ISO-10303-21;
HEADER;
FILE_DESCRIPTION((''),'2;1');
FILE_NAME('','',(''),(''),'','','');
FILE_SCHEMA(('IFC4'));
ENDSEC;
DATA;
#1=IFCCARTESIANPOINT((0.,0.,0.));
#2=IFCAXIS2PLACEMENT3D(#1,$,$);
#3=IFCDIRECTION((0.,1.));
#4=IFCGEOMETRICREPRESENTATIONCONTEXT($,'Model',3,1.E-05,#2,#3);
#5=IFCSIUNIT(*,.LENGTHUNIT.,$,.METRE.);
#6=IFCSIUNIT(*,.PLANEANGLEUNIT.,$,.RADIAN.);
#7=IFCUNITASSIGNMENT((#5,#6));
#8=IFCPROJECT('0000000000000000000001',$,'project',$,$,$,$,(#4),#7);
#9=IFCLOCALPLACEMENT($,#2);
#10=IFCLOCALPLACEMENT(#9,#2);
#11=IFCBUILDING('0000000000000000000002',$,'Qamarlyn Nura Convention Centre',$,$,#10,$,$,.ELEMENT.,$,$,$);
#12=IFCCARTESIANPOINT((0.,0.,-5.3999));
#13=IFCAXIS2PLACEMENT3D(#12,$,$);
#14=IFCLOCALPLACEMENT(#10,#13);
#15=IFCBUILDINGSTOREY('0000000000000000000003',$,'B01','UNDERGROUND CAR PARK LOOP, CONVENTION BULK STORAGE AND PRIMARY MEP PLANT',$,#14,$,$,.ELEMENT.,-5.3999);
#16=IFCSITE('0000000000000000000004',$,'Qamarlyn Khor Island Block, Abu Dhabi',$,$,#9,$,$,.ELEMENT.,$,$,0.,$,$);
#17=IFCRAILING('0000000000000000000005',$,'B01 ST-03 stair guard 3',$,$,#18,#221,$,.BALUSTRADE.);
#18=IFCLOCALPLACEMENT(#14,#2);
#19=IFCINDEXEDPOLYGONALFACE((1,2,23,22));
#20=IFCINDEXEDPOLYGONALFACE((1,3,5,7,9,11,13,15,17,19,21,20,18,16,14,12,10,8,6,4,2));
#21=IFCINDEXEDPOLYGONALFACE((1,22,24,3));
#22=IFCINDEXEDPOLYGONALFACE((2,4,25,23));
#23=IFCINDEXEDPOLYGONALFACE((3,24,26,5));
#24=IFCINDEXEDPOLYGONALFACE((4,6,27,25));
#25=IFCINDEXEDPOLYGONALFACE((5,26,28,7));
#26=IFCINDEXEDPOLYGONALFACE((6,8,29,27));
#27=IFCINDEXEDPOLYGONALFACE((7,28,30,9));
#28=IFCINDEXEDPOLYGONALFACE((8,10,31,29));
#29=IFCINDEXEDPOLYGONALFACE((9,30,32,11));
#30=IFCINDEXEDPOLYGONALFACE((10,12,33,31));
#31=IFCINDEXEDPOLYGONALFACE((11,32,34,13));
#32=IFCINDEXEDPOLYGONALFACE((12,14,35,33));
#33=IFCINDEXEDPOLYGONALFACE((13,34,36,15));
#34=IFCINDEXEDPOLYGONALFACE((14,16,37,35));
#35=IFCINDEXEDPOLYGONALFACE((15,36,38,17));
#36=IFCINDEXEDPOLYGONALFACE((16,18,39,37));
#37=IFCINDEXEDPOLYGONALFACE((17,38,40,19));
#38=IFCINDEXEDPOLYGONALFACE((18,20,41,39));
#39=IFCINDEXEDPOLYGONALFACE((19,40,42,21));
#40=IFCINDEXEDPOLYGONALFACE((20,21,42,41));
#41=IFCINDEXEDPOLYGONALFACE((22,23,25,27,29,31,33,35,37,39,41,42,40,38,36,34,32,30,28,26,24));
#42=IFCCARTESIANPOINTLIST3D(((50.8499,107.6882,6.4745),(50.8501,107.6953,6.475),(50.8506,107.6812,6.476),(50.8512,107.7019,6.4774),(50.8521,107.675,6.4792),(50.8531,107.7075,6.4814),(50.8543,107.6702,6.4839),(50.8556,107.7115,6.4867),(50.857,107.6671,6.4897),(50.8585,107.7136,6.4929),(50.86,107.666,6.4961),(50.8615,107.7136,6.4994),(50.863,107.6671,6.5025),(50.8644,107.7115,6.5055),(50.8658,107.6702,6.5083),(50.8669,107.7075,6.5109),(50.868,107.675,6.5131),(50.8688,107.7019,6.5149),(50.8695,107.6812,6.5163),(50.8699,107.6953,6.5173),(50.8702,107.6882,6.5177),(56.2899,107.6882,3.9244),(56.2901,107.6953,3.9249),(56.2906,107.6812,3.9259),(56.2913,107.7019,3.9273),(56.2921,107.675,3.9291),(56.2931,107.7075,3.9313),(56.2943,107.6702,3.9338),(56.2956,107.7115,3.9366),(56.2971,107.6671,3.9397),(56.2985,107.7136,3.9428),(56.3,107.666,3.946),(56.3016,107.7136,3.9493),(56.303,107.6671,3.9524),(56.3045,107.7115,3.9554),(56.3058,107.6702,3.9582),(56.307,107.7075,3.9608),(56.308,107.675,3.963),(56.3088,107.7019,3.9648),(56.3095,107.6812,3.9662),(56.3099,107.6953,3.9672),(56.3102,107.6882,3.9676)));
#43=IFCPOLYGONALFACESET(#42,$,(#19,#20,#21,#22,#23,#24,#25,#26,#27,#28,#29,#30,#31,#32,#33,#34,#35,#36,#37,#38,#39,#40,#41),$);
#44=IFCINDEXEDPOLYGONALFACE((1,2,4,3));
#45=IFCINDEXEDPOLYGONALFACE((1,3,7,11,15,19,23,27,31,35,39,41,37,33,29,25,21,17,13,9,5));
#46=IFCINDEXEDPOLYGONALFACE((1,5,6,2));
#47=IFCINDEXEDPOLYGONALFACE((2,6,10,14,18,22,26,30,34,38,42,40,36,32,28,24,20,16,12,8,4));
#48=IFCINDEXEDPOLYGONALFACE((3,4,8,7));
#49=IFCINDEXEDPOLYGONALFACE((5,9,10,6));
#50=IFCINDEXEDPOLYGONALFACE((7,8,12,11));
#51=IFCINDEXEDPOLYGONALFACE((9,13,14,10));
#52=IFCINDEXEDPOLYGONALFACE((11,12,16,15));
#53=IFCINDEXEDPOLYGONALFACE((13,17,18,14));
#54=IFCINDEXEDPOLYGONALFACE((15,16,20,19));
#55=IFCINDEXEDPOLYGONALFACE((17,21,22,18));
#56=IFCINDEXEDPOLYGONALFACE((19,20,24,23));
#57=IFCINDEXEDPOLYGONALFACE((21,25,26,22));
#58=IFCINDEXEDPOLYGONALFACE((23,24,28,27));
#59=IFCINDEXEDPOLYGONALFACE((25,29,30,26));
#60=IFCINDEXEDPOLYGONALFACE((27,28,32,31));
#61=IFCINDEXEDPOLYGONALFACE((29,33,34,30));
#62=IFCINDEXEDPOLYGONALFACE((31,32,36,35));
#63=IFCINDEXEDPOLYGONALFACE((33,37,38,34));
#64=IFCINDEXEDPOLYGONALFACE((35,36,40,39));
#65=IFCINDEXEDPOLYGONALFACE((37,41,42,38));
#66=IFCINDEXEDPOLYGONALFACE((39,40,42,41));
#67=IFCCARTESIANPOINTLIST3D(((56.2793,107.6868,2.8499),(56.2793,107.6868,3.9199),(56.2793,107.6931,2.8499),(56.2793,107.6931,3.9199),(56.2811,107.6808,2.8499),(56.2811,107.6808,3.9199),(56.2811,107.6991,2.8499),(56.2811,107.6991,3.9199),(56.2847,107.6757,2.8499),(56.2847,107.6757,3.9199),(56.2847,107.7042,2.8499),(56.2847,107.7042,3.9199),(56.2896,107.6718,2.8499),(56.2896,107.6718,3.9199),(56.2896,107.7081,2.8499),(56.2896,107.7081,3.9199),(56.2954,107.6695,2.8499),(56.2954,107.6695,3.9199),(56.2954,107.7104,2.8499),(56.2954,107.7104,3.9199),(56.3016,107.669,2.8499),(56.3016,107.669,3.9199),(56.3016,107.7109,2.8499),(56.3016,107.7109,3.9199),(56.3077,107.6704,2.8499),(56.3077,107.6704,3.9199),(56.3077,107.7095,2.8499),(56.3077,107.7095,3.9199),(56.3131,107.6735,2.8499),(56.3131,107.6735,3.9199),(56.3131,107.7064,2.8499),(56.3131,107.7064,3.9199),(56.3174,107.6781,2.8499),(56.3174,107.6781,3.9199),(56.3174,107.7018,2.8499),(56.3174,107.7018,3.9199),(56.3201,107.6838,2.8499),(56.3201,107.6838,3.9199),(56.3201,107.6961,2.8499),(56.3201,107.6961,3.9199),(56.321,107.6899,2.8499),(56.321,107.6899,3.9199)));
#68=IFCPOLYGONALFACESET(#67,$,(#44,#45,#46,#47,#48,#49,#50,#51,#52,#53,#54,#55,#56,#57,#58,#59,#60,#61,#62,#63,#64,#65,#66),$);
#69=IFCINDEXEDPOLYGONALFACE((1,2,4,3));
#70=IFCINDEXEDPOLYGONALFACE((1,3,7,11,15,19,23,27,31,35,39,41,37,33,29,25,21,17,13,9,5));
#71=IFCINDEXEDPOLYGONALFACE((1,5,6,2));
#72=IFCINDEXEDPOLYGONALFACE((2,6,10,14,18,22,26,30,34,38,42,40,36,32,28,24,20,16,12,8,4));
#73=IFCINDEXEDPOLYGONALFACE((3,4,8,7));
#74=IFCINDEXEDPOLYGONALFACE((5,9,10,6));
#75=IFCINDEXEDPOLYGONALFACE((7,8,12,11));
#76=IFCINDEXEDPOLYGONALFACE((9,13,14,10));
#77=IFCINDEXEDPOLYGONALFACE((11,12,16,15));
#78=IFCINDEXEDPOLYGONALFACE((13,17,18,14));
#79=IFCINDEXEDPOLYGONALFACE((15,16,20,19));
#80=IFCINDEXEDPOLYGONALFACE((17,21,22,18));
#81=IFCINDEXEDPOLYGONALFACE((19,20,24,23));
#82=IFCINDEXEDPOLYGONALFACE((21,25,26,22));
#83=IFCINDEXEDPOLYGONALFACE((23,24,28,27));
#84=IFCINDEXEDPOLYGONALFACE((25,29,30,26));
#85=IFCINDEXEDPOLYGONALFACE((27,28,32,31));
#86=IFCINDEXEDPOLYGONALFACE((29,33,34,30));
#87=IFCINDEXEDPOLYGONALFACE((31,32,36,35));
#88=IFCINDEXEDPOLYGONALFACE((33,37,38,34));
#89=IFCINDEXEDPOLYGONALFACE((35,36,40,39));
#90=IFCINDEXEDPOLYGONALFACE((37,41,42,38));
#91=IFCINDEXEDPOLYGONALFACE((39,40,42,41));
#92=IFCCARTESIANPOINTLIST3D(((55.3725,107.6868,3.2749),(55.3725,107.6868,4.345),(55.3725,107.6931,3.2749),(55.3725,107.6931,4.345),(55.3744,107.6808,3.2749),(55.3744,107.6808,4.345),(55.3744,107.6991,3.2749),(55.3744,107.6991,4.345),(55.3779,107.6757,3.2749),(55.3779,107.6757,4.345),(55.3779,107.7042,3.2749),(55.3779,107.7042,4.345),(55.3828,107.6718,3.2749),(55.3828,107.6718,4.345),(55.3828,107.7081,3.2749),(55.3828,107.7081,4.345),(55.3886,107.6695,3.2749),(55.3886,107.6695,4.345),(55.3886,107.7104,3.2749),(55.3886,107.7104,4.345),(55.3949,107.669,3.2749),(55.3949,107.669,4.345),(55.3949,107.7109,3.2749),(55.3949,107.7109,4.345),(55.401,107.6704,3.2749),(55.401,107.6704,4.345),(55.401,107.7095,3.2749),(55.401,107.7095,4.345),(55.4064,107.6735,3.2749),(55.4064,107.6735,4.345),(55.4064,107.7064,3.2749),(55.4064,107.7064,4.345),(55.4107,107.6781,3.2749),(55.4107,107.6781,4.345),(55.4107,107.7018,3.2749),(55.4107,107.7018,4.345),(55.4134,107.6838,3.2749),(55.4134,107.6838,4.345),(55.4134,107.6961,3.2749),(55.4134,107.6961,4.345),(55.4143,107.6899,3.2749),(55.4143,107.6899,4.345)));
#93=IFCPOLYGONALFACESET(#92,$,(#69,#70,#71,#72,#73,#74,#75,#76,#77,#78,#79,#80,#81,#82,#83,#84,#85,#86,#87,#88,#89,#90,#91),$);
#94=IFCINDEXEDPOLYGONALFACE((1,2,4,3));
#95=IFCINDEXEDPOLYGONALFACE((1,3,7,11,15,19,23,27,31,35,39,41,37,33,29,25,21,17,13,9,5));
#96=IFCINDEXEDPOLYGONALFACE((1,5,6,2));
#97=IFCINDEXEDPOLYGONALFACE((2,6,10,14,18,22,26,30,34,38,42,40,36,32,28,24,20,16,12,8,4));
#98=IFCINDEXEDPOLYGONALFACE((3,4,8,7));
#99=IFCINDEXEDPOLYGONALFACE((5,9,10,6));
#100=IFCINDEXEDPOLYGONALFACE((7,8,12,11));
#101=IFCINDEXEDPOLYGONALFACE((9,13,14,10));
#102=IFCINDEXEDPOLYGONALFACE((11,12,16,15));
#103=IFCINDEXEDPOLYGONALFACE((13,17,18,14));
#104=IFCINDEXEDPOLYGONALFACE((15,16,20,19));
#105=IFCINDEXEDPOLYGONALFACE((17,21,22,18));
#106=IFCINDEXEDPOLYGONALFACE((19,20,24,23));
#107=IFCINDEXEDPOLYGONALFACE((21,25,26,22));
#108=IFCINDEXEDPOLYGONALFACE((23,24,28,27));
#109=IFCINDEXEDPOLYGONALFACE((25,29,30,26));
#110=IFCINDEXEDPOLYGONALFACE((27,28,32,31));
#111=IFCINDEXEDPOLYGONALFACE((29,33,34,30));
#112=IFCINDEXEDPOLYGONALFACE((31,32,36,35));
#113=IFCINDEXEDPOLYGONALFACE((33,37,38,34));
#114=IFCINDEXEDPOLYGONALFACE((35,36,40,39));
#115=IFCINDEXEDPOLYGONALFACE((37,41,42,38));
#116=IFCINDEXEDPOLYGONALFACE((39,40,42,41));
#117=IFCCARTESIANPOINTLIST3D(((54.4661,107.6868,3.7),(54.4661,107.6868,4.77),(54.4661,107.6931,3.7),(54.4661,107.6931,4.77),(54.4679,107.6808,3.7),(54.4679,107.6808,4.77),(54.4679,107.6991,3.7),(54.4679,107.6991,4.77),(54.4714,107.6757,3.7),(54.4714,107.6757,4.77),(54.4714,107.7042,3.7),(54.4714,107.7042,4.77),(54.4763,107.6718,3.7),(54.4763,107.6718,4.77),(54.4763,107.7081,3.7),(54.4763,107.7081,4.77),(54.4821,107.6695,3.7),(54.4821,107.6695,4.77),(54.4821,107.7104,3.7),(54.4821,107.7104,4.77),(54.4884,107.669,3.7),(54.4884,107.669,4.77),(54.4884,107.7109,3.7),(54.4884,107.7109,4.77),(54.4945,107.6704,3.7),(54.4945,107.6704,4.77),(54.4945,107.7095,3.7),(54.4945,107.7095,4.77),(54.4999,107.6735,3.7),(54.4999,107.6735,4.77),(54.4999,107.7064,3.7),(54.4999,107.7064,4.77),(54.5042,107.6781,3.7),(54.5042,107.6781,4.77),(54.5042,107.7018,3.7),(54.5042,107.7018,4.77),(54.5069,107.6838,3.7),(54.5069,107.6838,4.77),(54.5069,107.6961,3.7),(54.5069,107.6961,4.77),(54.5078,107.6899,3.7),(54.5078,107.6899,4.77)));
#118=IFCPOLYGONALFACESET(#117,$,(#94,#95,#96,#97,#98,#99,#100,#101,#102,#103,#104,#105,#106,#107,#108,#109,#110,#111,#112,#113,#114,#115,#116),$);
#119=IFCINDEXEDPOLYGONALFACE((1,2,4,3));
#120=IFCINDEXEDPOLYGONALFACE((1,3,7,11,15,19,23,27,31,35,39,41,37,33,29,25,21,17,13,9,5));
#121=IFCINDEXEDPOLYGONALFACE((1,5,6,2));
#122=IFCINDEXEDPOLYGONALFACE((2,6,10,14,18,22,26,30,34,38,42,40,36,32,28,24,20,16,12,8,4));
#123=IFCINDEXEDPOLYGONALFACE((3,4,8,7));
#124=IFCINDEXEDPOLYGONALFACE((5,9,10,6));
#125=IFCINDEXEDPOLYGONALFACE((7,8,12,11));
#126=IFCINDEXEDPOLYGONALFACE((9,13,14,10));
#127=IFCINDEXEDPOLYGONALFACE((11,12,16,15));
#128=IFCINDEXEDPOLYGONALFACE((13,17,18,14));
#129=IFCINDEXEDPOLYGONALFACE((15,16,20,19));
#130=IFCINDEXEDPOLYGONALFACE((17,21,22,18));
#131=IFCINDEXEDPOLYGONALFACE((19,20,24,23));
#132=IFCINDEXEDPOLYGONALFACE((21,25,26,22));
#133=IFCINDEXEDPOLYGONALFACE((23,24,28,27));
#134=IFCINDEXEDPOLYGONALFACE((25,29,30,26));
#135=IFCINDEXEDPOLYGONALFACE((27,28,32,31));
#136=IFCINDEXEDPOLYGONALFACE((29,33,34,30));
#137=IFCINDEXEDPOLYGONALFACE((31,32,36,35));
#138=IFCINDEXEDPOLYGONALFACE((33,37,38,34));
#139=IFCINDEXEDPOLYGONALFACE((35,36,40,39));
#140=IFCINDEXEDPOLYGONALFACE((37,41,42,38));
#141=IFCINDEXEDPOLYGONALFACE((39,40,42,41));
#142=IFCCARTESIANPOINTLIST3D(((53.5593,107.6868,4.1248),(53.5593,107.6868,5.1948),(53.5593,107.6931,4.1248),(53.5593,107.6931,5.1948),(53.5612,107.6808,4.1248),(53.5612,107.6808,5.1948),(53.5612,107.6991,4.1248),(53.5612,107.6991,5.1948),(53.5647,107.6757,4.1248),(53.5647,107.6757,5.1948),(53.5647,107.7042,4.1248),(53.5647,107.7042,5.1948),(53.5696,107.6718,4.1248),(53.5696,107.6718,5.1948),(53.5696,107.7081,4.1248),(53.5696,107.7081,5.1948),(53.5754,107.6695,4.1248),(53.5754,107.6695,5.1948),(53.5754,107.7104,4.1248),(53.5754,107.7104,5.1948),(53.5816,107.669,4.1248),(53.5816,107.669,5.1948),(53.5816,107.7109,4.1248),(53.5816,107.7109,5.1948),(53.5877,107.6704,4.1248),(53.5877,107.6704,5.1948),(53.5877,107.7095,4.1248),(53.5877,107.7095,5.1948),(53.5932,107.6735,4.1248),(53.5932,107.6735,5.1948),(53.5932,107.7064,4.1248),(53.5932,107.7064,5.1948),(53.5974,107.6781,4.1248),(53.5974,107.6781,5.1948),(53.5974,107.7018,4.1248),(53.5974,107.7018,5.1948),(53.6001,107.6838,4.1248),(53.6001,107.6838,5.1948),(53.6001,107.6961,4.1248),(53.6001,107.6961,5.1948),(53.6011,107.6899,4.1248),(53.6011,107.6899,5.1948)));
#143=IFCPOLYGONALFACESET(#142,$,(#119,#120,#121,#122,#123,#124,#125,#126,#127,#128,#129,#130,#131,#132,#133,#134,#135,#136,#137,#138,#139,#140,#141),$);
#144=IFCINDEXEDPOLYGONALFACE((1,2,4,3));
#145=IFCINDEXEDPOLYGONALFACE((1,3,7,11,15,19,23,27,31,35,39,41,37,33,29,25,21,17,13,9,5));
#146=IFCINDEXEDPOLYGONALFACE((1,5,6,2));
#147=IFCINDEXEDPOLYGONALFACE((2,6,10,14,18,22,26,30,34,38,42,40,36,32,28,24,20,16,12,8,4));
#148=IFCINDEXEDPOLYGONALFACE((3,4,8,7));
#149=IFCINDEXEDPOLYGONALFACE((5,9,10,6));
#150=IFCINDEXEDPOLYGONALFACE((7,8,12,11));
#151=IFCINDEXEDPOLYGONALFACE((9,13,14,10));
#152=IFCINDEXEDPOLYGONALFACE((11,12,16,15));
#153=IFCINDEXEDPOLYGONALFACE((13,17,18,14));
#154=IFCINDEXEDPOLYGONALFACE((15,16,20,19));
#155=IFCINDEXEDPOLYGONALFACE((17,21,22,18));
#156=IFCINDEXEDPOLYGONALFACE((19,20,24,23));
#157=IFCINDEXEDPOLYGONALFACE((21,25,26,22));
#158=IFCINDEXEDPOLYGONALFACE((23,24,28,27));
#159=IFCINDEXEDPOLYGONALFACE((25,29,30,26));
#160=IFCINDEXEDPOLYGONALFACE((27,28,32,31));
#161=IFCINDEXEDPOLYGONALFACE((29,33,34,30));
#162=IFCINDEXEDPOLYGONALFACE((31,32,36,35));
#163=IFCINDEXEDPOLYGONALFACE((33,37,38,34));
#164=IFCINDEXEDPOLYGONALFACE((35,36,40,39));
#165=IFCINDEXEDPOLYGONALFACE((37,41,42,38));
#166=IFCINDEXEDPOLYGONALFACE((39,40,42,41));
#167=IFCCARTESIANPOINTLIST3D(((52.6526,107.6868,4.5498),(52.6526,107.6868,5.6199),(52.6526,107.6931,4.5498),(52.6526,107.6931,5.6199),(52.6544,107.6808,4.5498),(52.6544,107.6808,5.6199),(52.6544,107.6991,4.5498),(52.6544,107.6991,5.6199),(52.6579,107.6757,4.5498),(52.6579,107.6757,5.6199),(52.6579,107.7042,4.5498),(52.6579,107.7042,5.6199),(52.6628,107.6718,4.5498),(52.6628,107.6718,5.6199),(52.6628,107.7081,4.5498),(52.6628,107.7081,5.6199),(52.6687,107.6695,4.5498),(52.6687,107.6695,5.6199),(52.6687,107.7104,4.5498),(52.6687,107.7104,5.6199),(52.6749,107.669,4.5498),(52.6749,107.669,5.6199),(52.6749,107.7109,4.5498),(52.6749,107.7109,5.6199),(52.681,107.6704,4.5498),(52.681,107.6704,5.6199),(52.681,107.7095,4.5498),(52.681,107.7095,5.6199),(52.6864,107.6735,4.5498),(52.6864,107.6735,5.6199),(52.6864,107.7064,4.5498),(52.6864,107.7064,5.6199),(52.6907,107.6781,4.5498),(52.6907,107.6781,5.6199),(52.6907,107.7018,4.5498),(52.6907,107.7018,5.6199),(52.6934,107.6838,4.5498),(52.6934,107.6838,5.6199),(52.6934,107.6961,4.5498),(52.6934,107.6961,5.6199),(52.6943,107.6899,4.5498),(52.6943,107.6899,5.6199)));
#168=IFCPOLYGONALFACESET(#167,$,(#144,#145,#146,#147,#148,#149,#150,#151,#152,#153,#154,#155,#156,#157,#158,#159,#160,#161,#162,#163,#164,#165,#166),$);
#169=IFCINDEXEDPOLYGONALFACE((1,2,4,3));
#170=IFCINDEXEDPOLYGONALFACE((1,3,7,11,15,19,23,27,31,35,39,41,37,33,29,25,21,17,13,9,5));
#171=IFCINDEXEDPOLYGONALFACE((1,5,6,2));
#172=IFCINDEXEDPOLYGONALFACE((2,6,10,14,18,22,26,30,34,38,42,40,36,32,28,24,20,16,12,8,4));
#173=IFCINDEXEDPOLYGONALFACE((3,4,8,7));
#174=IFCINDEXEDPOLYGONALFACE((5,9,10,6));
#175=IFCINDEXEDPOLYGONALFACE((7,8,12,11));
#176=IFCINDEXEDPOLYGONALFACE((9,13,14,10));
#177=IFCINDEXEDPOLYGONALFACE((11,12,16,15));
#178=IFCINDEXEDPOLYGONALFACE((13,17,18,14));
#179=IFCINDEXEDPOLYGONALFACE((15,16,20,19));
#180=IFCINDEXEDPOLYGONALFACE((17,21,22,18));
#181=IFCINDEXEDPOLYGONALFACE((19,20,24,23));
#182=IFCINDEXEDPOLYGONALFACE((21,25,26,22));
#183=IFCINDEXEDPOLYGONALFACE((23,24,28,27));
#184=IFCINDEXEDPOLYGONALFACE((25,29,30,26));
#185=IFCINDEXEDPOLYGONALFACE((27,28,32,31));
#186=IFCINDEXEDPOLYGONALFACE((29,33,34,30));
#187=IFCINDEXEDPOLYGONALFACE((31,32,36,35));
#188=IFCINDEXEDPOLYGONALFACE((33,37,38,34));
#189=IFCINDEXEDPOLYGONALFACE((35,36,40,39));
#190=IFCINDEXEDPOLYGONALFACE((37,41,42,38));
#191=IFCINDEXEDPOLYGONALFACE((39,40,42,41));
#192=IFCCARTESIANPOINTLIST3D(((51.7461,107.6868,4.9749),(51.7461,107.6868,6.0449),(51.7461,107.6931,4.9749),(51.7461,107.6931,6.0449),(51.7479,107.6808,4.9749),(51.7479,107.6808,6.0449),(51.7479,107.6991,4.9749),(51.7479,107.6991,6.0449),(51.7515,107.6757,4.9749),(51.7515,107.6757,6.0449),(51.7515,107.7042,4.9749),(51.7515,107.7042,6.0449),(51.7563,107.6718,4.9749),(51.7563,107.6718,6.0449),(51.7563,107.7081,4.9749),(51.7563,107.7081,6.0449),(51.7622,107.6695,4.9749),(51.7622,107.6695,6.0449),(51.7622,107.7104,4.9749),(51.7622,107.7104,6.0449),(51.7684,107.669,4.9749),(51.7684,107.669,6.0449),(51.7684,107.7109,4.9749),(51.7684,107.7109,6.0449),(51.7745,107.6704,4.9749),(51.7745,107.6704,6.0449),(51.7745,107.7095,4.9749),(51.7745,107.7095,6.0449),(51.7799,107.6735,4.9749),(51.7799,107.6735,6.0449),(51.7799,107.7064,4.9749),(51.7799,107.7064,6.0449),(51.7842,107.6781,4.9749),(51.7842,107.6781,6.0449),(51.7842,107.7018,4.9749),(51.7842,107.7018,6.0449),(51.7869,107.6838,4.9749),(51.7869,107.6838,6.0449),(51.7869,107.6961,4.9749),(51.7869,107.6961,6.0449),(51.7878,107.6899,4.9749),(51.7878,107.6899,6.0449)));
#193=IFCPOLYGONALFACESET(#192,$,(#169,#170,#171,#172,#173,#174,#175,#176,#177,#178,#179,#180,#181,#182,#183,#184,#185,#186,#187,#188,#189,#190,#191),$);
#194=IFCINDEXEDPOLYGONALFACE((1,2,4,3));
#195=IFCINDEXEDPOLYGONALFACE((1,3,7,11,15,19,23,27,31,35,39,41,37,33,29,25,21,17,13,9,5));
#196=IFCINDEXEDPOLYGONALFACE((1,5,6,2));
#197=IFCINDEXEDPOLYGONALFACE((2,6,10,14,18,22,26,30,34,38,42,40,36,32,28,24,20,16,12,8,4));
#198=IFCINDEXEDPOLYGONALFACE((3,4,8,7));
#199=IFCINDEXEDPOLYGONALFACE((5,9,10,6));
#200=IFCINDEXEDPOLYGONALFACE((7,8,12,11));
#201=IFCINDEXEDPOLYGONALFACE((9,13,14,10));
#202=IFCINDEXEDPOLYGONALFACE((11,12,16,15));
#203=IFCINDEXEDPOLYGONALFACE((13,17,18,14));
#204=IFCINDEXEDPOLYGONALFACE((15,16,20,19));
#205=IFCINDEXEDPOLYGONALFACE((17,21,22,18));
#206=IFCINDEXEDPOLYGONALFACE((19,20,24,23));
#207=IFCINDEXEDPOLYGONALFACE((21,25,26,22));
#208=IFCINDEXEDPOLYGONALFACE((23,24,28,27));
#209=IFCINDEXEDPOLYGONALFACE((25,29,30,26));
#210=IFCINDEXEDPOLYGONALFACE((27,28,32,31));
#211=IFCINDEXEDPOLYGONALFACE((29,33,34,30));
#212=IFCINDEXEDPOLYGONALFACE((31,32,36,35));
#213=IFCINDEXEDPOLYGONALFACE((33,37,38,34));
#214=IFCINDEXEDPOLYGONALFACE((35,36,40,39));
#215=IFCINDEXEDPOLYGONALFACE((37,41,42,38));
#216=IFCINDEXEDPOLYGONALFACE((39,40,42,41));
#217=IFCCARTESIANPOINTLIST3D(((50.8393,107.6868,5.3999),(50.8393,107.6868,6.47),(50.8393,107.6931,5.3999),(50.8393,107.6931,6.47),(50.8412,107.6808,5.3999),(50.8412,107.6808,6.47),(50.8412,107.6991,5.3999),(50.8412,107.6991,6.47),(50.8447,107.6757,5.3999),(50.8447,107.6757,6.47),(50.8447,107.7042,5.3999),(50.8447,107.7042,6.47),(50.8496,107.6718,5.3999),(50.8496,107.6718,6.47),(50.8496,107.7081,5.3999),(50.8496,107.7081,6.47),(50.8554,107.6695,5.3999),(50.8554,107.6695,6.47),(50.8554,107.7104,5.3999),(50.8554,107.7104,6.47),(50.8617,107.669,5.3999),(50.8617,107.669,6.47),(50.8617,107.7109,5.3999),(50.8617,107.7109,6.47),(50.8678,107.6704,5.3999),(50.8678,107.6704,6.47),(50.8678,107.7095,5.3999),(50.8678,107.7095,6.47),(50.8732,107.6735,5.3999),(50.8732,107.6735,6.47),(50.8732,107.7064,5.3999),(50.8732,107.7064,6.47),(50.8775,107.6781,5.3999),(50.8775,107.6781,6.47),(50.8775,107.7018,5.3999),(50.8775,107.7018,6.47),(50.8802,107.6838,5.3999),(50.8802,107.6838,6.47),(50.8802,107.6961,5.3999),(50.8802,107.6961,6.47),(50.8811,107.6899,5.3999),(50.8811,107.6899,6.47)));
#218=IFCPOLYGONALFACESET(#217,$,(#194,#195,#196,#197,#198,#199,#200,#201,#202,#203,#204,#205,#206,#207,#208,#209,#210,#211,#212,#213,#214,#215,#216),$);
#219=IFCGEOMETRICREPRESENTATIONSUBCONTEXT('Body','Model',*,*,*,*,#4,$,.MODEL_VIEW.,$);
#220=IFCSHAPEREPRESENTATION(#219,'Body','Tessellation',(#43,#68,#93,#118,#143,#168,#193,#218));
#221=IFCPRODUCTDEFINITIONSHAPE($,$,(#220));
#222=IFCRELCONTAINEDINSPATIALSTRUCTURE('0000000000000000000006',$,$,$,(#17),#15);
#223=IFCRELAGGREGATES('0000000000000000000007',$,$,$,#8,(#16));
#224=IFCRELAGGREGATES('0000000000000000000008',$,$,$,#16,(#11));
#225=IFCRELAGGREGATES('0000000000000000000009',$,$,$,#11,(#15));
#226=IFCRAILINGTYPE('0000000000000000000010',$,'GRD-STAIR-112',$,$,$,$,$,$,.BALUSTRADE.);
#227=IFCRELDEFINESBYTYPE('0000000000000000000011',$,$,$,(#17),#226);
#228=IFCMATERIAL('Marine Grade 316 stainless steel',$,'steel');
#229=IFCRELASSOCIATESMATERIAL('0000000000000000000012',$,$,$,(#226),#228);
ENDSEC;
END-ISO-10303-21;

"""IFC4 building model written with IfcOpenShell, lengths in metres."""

from ifc_helpers import new_model, si_unit, direction, frame, origin, origin_2d, place, context, subcontext, project, spatial, circle, extrude, material, type_object, element, save


model = new_model("IFC4")

# Units and contexts
model_context = context("Model", 3, precision=1e-05, world=origin(), true_north=direction((0.0, 1.0)))
body_context = subcontext(model_context, "Body", "Model", "MODEL_VIEW")
ifc_project = project(units=[si_unit("LENGTHUNIT", "METRE"), si_unit("PLANEANGLEUNIT", "RADIAN")], contexts=[model_context])

# Site, building, storey
site_placement = place(None, origin())
site = spatial("IfcSite", under=ifc_project, at=site_placement, Name="Qamarlyn Khor Island Block, Abu Dhabi", CompositionType="ELEMENT", RefElevation=0.0)
building_placement = place(site_placement, origin())
building = spatial("IfcBuilding", under=site, at=building_placement, Name="Qamarlyn Nura Convention Centre", CompositionType="ELEMENT")
storey_placement = place(building_placement, frame((0.0, 0.0, -5.3999)))
storey = spatial("IfcBuildingStorey", under=building, at=storey_placement, Name="B01", Description="UNDERGROUND CAR PARK LOOP, CONVENTION BULK STORAGE AND PRIMARY MEP PLANT", CompositionType="ELEMENT", Elevation=-5.3999)

# Railing
ifc_material_1 = material(Name="Marine Grade 316 stainless steel", Category="steel")
railing_type_1 = type_object("IfcRailingType", Name="GRD-STAIR-112", PredefinedType="BALUSTRADE", material=ifc_material_1)
railing_1_placement = place(storey_placement, frame((56.3, 107.6899, 2.8499)))
element("IfcRailing", 1, at=railing_1_placement, inside=storey, type_object=railing_type_1, Name="B01 ST-03 stair guard 3", PredefinedType="BALUSTRADE", context=body_context, shape_type="SweptSolid", body=[
    extrude(circle(Radius=0.0239, at=origin_2d()), frame((0.0, 0.0, 1.0962), z_axis=(-0.905454, 0.0, 0.424444), x_axis=(0.0, -1.0, 0.0)), (0.0, 0.0, 1.0), 6.0081),
    extrude(circle(Radius=0.021, at=origin_2d()), origin(), (0.0, 0.0, 1.0), 1.0701),
    extrude(circle(Radius=0.021, at=origin_2d()), frame((-0.9067, 0.0, 0.425)), (0.0, 0.0, 1.0), 1.0701),
    extrude(circle(Radius=0.021, at=origin_2d()), frame((-1.8132, 0.0, 0.8501)), (0.0, 0.0, 1.0), 1.0701),
    extrude(circle(Radius=0.021, at=origin_2d()), frame((-2.72, 0.0, 1.2749)), (0.0, 0.0, 1.0), 1.0701),
    extrude(circle(Radius=0.021, at=origin_2d()), frame((-3.6267, 0.0, 1.7)), (0.0, 0.0, 1.0), 1.0701),
    extrude(circle(Radius=0.021, at=origin_2d()), frame((-4.5332, 0.0, 2.125)), (0.0, 0.0, 1.0), 1.0701),
    extrude(circle(Radius=0.021, at=origin_2d()), frame((-5.4399, 0.0, 2.55)), (0.0, 0.0, 1.0), 1.0701),
])

save(model, "model.ifc")
